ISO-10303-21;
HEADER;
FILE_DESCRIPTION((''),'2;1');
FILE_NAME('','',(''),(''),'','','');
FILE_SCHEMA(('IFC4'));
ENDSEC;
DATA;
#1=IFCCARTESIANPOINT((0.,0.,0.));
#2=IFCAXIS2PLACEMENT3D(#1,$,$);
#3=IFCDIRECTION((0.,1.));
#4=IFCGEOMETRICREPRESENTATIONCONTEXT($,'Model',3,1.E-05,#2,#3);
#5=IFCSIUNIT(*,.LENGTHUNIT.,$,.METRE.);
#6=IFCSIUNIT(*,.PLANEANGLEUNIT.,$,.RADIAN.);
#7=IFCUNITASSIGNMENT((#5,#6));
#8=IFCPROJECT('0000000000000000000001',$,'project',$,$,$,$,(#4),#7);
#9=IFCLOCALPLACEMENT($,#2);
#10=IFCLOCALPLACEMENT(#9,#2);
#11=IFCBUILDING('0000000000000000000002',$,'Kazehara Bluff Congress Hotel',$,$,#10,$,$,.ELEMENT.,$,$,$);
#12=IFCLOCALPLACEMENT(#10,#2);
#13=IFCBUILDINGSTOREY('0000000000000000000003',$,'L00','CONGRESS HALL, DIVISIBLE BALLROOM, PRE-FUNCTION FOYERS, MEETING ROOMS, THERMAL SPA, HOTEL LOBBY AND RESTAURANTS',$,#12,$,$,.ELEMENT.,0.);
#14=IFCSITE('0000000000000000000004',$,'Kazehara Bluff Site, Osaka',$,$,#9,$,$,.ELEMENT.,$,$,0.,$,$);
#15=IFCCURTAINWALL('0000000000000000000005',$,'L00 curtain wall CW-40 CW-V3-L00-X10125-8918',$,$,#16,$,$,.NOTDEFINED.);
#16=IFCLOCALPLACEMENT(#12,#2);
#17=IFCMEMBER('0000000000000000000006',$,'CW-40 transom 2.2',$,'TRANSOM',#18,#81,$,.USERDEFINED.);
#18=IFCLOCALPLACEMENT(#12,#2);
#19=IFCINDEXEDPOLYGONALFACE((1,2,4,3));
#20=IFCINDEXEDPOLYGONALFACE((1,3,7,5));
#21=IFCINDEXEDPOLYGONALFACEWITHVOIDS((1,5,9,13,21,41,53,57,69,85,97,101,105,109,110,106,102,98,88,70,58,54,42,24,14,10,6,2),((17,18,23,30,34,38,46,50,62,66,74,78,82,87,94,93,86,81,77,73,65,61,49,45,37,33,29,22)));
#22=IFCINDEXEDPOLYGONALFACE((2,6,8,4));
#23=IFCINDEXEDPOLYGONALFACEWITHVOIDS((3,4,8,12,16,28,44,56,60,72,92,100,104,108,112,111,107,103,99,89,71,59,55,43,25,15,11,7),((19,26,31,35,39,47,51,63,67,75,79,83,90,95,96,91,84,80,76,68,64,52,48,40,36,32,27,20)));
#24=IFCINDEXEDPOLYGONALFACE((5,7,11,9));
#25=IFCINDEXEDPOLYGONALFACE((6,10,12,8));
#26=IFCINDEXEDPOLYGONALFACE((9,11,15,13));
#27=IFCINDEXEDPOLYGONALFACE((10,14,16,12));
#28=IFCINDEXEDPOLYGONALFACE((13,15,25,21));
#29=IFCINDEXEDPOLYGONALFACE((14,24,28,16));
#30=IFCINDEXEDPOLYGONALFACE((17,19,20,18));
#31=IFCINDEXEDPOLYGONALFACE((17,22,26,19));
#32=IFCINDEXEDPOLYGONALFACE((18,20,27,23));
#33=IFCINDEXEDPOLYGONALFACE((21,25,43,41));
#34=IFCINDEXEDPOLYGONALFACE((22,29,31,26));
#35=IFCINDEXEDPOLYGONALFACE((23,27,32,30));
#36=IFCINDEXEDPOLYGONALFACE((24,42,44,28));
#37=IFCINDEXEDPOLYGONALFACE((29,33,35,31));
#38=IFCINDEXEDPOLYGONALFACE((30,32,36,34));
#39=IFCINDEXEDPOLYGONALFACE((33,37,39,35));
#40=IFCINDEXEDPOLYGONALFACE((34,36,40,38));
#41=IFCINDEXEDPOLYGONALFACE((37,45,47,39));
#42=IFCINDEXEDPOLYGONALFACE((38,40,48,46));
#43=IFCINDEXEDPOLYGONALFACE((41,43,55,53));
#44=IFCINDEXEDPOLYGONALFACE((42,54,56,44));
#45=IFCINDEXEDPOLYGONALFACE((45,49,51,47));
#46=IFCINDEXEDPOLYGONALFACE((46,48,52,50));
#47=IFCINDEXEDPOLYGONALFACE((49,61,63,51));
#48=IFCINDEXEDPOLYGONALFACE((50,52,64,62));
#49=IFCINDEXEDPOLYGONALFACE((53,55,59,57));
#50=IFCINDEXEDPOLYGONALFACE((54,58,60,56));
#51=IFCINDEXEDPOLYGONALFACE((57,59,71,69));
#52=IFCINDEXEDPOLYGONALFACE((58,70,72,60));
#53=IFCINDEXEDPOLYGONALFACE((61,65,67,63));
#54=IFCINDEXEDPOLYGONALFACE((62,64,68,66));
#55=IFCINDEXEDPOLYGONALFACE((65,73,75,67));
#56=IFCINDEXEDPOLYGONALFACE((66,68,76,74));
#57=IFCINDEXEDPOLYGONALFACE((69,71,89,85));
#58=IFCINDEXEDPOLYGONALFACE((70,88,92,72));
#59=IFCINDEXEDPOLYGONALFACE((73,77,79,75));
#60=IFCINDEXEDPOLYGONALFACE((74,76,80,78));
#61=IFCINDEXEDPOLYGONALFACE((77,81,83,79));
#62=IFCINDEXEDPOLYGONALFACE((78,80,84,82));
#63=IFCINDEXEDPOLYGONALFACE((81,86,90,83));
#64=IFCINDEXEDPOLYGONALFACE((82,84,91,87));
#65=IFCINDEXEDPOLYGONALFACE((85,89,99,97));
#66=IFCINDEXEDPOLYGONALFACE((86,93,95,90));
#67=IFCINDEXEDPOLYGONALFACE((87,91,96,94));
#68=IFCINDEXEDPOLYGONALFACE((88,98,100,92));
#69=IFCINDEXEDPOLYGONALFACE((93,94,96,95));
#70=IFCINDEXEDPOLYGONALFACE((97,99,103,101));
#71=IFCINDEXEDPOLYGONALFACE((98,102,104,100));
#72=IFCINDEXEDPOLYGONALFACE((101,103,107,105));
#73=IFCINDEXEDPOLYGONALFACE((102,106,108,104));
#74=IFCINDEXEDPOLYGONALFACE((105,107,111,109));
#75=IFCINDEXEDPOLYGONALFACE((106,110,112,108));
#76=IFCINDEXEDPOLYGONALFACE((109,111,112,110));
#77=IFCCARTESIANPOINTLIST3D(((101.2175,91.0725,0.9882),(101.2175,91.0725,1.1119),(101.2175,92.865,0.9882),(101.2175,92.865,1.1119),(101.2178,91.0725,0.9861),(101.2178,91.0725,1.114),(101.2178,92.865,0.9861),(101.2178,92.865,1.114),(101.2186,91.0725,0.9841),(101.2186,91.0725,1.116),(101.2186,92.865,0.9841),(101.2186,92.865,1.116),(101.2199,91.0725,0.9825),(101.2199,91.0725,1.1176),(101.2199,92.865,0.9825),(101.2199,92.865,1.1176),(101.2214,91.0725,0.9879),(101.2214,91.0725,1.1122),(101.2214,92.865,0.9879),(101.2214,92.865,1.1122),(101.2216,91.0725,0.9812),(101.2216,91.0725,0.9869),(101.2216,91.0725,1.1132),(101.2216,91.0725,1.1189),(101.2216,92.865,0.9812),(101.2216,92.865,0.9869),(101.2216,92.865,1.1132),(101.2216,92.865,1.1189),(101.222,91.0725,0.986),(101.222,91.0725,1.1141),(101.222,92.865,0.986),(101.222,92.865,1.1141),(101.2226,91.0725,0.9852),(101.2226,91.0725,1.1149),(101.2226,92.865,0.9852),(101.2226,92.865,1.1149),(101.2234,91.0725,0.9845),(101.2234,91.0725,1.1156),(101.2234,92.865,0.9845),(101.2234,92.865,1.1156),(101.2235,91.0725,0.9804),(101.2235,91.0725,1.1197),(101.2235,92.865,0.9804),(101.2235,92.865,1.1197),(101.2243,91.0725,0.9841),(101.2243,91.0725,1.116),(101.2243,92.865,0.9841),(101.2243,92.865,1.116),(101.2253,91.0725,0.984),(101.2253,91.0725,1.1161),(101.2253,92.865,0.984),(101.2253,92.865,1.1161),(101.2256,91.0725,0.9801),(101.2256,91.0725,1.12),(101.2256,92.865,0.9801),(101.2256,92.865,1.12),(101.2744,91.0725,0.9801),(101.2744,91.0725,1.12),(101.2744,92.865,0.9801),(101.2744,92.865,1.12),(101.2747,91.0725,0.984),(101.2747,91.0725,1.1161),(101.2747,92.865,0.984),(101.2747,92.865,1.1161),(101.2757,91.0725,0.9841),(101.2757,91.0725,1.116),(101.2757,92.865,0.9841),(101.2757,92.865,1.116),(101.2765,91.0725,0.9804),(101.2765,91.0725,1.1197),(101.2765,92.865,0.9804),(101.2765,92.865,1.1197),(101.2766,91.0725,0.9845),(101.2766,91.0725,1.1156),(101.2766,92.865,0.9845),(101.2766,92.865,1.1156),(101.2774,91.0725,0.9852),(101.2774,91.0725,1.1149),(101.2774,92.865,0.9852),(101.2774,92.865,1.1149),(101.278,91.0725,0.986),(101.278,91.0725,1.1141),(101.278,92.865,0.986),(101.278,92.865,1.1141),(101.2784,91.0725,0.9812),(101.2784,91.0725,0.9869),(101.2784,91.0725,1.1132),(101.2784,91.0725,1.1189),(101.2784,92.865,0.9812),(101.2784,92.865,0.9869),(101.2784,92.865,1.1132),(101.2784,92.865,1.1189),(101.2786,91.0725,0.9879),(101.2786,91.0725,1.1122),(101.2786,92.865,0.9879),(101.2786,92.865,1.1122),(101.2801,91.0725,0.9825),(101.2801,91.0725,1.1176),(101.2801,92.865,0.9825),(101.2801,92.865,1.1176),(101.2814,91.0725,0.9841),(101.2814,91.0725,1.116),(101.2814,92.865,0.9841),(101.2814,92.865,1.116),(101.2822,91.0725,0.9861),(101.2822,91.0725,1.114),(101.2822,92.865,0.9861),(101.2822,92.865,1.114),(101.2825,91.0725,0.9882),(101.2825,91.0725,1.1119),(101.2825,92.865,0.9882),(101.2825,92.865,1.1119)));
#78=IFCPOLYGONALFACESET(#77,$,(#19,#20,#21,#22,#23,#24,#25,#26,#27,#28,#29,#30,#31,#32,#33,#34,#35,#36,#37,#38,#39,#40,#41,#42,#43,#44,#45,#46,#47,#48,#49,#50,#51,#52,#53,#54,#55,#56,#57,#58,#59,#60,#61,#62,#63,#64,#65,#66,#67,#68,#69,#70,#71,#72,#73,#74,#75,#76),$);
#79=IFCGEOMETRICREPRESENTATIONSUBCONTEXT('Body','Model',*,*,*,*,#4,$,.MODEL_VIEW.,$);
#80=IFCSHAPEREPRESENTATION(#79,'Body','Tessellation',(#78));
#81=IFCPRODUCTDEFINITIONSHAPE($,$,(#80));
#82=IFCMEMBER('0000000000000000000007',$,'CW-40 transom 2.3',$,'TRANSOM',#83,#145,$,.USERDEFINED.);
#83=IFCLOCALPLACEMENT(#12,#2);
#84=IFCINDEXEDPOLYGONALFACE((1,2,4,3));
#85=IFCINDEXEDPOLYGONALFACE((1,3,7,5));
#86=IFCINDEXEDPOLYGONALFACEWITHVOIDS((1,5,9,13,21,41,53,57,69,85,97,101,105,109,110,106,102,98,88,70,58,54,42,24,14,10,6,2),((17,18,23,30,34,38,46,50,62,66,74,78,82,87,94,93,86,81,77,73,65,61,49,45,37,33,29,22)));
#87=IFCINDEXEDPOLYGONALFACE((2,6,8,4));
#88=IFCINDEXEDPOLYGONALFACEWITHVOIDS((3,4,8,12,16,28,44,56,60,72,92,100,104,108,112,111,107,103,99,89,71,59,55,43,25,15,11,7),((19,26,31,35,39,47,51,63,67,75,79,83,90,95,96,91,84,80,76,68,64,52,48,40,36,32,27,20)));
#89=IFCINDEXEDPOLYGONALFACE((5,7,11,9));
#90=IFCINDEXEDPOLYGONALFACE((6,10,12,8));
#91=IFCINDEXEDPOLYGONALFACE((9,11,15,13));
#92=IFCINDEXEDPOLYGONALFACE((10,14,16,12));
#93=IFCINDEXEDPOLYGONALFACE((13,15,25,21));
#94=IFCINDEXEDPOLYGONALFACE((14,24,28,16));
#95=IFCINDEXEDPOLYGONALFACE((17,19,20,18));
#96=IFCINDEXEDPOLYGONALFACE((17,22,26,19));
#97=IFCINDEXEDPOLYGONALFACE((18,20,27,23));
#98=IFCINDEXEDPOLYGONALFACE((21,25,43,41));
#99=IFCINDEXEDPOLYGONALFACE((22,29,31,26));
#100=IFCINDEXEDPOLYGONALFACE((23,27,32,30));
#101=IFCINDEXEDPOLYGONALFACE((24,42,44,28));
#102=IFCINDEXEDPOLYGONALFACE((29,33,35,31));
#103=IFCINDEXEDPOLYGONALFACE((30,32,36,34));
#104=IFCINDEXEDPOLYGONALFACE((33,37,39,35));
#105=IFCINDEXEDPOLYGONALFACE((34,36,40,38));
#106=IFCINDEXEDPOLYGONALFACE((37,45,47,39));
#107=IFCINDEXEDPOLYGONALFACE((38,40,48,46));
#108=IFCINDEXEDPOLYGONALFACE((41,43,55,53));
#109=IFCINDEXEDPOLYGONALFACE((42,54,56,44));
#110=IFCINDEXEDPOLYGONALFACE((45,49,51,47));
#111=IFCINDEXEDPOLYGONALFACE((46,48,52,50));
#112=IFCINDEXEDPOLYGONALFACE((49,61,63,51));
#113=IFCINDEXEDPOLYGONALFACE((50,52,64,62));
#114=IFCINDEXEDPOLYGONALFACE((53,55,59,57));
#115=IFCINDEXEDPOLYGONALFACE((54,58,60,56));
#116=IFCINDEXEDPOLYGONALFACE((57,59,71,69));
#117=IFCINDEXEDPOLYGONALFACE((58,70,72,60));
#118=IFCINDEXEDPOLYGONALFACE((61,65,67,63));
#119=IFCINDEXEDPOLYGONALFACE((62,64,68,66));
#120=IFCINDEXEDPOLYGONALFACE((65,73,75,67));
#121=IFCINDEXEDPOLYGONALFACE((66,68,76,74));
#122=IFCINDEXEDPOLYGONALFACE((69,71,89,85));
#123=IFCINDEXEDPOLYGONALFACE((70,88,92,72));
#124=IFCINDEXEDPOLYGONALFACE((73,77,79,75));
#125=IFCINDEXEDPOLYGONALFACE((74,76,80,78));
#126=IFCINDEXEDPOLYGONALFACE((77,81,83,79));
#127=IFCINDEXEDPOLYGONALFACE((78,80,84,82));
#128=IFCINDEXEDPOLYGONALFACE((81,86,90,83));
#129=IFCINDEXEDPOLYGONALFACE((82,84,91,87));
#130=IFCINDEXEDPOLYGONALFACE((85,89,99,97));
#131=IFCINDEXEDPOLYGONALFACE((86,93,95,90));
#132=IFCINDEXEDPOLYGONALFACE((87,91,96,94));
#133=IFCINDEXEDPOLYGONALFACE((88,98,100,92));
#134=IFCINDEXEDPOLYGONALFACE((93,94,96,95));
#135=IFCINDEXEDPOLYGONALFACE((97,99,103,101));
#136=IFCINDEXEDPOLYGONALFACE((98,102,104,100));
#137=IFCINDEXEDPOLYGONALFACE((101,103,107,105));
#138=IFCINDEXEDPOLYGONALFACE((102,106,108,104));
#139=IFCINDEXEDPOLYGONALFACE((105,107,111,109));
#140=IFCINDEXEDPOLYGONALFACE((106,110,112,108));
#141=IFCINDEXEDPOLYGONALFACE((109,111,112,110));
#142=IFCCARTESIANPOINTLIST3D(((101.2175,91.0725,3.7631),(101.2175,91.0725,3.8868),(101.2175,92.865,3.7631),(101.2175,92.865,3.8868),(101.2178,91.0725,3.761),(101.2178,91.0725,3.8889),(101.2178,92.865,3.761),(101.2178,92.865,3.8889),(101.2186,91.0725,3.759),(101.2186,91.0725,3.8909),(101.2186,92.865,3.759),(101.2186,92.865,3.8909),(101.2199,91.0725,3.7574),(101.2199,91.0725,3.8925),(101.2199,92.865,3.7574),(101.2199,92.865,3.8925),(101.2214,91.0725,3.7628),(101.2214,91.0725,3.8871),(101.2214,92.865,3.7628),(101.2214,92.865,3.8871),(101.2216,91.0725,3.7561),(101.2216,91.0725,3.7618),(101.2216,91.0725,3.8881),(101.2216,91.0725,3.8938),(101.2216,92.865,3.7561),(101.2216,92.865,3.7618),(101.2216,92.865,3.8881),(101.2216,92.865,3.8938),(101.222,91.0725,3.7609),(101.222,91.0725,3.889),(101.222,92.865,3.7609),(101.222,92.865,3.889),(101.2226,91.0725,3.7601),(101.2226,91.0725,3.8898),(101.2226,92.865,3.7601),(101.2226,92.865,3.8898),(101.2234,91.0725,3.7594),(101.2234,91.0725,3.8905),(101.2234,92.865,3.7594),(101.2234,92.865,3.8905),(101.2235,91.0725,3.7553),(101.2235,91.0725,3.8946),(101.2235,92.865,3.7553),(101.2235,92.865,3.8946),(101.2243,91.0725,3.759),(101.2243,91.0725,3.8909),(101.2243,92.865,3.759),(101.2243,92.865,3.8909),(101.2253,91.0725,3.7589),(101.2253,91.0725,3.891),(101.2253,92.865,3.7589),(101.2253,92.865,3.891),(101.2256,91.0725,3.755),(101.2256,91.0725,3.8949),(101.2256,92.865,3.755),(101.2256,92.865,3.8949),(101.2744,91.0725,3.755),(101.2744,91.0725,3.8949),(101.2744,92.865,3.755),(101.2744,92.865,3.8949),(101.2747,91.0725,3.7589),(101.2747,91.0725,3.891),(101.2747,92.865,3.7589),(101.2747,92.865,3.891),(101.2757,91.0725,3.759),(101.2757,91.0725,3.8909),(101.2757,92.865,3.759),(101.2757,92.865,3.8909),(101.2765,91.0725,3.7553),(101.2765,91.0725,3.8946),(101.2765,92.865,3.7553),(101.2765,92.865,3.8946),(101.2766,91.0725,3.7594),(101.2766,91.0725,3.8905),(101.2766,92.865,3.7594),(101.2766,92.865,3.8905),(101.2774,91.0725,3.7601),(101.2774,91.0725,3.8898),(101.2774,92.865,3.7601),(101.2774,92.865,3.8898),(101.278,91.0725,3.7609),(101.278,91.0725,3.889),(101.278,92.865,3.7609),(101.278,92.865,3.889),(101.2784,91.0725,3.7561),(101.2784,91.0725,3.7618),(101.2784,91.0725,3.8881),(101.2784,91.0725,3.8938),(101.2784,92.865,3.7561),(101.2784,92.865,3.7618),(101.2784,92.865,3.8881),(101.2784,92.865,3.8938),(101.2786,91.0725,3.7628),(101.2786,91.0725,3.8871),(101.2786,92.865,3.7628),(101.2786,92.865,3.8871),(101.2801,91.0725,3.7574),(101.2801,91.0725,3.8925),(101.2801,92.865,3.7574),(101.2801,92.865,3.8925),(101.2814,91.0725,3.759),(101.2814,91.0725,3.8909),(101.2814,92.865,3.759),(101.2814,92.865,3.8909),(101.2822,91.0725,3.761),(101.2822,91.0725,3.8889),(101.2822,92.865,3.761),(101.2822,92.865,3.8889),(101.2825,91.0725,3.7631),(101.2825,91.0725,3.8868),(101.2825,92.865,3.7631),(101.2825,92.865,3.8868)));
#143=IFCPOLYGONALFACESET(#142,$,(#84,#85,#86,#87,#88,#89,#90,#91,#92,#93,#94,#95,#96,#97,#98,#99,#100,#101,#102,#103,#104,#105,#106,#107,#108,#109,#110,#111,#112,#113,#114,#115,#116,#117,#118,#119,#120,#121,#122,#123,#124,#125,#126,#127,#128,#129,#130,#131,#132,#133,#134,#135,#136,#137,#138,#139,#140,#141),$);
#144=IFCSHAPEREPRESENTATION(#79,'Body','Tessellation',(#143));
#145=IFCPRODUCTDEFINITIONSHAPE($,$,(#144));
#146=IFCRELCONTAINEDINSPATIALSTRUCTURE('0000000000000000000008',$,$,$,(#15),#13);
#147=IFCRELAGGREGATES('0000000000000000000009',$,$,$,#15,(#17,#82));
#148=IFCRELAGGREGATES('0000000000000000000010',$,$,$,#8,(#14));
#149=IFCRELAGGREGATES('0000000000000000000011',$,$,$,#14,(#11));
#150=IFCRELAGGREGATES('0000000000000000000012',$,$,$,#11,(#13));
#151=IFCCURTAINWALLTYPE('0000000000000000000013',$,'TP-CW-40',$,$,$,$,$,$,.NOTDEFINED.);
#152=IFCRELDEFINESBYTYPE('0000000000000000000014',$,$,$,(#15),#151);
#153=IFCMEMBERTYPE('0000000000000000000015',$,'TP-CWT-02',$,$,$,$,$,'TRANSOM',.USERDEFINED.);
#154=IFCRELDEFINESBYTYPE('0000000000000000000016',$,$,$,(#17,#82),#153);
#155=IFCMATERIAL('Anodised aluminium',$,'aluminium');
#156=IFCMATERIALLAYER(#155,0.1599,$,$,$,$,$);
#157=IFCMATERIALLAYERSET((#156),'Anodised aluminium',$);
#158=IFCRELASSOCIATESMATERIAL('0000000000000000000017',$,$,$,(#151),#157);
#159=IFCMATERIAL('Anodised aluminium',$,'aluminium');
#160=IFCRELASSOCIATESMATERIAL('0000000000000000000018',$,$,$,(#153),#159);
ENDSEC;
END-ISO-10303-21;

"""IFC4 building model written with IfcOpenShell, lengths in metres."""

from ifc_helpers import new_model, si_unit, direction, frame, origin, origin_2d, place, context, subcontext, project, spatial, hollow_rectangle, extrude, material, layer, layer_set, material_profile, profile_set, type_object, element, aggregate, save


model = new_model("IFC4")

# Units and contexts
model_context = context("Model", 3, precision=1e-05, world=origin(), true_north=direction((0.0, 1.0)))
body_context = subcontext(model_context, "Body", "Model", "MODEL_VIEW")
ifc_project = project(units=[si_unit("LENGTHUNIT", "METRE"), si_unit("PLANEANGLEUNIT", "RADIAN")], contexts=[model_context])

# Site, building, storey
site_placement = place(None, origin())
site = spatial("IfcSite", under=ifc_project, at=site_placement, Name="Kazehara Bluff Site, Osaka", CompositionType="ELEMENT", RefElevation=0.0)
building_placement = place(site_placement, origin())
building = spatial("IfcBuilding", under=site, at=building_placement, Name="Kazehara Bluff Congress Hotel", CompositionType="ELEMENT")
storey_placement = place(building_placement, origin())
storey = spatial("IfcBuildingStorey", under=building, at=storey_placement, Name="L00", Description="CONGRESS HALL, DIVISIBLE BALLROOM, PRE-FUNCTION FOYERS, MEETING ROOMS, THERMAL SPA, HOTEL LOBBY AND RESTAURANTS", CompositionType="ELEMENT", Elevation=0.0)

# Curtain wall, members
ifc_material_1 = material(Name="Anodised aluminium", Category="aluminium")
ifc_layer_1 = layer(ifc_material_1, 0.1599)
ifc_layer_set_1 = layer_set([ifc_layer_1], Name="Anodised aluminium")
curtain_wall_type = type_object("IfcCurtainWallType", Name="TP-CW-40", PredefinedType="NOTDEFINED", material=ifc_layer_set_1)
curtain_wall_placement = place(storey_placement, origin())
curtain_wall = element("IfcCurtainWall", 1, at=curtain_wall_placement, inside=storey, type_object=curtain_wall_type, Name="L00 curtain wall CW-40 CW-V3-L00-X10125-8918", PredefinedType="NOTDEFINED")
ifc_material_2 = material(Name="Anodised aluminium", Category="aluminium")
ifc_material_profile_1 = material_profile(ifc_material_2, hollow_rectangle(XDim=0.0649, YDim=0.1399, WallThickness=0.0039, InnerFilletRadius=0.0039, OuterFilletRadius=0.0081, at=origin_2d()))
ifc_profile_set_1 = profile_set([ifc_material_profile_1], Name="Anodised aluminium")
member_type_1 = type_object("IfcMemberType", Name="TP-CWT-02", ElementType="TRANSOM", PredefinedType="USERDEFINED", material=ifc_profile_set_1)
member_1_placement = place(storey_placement, frame((101.25, 91.0725, 1.05), z_axis=(0.0, 1.0, 0.0), x_axis=(-1.0, 0.0, 0.0)))
member_1 = element("IfcMember", 2, at=member_1_placement, type_object=member_type_1, Name="CW-40 transom 2.2", ObjectType="TRANSOM", PredefinedType="USERDEFINED", context=body_context, shape_type="SweptSolid", body=[
    extrude(hollow_rectangle(XDim=0.0649, YDim=0.1399, WallThickness=0.0039, InnerFilletRadius=0.0039, OuterFilletRadius=0.0081, at=origin_2d()), origin(), (0.0, 0.0, 1.0), 1.7925),
])
member_2_placement = place(storey_placement, frame((101.25, 91.0725, 3.825), z_axis=(0.0, 1.0, 0.0), x_axis=(-1.0, 0.0, 0.0)))
member_2 = element("IfcMember", 3, at=member_2_placement, type_object=member_type_1, Name="CW-40 transom 2.3", ObjectType="TRANSOM", PredefinedType="USERDEFINED", context=body_context, shape_type="SweptSolid", body=[
    extrude(hollow_rectangle(XDim=0.0649, YDim=0.1399, WallThickness=0.0039, InnerFilletRadius=0.0039, OuterFilletRadius=0.0081, at=origin_2d()), origin(), (0.0, 0.0, 1.0), 1.7925),
])
aggregate(curtain_wall, [member_1, member_2])

save(model, "model.ifc")
